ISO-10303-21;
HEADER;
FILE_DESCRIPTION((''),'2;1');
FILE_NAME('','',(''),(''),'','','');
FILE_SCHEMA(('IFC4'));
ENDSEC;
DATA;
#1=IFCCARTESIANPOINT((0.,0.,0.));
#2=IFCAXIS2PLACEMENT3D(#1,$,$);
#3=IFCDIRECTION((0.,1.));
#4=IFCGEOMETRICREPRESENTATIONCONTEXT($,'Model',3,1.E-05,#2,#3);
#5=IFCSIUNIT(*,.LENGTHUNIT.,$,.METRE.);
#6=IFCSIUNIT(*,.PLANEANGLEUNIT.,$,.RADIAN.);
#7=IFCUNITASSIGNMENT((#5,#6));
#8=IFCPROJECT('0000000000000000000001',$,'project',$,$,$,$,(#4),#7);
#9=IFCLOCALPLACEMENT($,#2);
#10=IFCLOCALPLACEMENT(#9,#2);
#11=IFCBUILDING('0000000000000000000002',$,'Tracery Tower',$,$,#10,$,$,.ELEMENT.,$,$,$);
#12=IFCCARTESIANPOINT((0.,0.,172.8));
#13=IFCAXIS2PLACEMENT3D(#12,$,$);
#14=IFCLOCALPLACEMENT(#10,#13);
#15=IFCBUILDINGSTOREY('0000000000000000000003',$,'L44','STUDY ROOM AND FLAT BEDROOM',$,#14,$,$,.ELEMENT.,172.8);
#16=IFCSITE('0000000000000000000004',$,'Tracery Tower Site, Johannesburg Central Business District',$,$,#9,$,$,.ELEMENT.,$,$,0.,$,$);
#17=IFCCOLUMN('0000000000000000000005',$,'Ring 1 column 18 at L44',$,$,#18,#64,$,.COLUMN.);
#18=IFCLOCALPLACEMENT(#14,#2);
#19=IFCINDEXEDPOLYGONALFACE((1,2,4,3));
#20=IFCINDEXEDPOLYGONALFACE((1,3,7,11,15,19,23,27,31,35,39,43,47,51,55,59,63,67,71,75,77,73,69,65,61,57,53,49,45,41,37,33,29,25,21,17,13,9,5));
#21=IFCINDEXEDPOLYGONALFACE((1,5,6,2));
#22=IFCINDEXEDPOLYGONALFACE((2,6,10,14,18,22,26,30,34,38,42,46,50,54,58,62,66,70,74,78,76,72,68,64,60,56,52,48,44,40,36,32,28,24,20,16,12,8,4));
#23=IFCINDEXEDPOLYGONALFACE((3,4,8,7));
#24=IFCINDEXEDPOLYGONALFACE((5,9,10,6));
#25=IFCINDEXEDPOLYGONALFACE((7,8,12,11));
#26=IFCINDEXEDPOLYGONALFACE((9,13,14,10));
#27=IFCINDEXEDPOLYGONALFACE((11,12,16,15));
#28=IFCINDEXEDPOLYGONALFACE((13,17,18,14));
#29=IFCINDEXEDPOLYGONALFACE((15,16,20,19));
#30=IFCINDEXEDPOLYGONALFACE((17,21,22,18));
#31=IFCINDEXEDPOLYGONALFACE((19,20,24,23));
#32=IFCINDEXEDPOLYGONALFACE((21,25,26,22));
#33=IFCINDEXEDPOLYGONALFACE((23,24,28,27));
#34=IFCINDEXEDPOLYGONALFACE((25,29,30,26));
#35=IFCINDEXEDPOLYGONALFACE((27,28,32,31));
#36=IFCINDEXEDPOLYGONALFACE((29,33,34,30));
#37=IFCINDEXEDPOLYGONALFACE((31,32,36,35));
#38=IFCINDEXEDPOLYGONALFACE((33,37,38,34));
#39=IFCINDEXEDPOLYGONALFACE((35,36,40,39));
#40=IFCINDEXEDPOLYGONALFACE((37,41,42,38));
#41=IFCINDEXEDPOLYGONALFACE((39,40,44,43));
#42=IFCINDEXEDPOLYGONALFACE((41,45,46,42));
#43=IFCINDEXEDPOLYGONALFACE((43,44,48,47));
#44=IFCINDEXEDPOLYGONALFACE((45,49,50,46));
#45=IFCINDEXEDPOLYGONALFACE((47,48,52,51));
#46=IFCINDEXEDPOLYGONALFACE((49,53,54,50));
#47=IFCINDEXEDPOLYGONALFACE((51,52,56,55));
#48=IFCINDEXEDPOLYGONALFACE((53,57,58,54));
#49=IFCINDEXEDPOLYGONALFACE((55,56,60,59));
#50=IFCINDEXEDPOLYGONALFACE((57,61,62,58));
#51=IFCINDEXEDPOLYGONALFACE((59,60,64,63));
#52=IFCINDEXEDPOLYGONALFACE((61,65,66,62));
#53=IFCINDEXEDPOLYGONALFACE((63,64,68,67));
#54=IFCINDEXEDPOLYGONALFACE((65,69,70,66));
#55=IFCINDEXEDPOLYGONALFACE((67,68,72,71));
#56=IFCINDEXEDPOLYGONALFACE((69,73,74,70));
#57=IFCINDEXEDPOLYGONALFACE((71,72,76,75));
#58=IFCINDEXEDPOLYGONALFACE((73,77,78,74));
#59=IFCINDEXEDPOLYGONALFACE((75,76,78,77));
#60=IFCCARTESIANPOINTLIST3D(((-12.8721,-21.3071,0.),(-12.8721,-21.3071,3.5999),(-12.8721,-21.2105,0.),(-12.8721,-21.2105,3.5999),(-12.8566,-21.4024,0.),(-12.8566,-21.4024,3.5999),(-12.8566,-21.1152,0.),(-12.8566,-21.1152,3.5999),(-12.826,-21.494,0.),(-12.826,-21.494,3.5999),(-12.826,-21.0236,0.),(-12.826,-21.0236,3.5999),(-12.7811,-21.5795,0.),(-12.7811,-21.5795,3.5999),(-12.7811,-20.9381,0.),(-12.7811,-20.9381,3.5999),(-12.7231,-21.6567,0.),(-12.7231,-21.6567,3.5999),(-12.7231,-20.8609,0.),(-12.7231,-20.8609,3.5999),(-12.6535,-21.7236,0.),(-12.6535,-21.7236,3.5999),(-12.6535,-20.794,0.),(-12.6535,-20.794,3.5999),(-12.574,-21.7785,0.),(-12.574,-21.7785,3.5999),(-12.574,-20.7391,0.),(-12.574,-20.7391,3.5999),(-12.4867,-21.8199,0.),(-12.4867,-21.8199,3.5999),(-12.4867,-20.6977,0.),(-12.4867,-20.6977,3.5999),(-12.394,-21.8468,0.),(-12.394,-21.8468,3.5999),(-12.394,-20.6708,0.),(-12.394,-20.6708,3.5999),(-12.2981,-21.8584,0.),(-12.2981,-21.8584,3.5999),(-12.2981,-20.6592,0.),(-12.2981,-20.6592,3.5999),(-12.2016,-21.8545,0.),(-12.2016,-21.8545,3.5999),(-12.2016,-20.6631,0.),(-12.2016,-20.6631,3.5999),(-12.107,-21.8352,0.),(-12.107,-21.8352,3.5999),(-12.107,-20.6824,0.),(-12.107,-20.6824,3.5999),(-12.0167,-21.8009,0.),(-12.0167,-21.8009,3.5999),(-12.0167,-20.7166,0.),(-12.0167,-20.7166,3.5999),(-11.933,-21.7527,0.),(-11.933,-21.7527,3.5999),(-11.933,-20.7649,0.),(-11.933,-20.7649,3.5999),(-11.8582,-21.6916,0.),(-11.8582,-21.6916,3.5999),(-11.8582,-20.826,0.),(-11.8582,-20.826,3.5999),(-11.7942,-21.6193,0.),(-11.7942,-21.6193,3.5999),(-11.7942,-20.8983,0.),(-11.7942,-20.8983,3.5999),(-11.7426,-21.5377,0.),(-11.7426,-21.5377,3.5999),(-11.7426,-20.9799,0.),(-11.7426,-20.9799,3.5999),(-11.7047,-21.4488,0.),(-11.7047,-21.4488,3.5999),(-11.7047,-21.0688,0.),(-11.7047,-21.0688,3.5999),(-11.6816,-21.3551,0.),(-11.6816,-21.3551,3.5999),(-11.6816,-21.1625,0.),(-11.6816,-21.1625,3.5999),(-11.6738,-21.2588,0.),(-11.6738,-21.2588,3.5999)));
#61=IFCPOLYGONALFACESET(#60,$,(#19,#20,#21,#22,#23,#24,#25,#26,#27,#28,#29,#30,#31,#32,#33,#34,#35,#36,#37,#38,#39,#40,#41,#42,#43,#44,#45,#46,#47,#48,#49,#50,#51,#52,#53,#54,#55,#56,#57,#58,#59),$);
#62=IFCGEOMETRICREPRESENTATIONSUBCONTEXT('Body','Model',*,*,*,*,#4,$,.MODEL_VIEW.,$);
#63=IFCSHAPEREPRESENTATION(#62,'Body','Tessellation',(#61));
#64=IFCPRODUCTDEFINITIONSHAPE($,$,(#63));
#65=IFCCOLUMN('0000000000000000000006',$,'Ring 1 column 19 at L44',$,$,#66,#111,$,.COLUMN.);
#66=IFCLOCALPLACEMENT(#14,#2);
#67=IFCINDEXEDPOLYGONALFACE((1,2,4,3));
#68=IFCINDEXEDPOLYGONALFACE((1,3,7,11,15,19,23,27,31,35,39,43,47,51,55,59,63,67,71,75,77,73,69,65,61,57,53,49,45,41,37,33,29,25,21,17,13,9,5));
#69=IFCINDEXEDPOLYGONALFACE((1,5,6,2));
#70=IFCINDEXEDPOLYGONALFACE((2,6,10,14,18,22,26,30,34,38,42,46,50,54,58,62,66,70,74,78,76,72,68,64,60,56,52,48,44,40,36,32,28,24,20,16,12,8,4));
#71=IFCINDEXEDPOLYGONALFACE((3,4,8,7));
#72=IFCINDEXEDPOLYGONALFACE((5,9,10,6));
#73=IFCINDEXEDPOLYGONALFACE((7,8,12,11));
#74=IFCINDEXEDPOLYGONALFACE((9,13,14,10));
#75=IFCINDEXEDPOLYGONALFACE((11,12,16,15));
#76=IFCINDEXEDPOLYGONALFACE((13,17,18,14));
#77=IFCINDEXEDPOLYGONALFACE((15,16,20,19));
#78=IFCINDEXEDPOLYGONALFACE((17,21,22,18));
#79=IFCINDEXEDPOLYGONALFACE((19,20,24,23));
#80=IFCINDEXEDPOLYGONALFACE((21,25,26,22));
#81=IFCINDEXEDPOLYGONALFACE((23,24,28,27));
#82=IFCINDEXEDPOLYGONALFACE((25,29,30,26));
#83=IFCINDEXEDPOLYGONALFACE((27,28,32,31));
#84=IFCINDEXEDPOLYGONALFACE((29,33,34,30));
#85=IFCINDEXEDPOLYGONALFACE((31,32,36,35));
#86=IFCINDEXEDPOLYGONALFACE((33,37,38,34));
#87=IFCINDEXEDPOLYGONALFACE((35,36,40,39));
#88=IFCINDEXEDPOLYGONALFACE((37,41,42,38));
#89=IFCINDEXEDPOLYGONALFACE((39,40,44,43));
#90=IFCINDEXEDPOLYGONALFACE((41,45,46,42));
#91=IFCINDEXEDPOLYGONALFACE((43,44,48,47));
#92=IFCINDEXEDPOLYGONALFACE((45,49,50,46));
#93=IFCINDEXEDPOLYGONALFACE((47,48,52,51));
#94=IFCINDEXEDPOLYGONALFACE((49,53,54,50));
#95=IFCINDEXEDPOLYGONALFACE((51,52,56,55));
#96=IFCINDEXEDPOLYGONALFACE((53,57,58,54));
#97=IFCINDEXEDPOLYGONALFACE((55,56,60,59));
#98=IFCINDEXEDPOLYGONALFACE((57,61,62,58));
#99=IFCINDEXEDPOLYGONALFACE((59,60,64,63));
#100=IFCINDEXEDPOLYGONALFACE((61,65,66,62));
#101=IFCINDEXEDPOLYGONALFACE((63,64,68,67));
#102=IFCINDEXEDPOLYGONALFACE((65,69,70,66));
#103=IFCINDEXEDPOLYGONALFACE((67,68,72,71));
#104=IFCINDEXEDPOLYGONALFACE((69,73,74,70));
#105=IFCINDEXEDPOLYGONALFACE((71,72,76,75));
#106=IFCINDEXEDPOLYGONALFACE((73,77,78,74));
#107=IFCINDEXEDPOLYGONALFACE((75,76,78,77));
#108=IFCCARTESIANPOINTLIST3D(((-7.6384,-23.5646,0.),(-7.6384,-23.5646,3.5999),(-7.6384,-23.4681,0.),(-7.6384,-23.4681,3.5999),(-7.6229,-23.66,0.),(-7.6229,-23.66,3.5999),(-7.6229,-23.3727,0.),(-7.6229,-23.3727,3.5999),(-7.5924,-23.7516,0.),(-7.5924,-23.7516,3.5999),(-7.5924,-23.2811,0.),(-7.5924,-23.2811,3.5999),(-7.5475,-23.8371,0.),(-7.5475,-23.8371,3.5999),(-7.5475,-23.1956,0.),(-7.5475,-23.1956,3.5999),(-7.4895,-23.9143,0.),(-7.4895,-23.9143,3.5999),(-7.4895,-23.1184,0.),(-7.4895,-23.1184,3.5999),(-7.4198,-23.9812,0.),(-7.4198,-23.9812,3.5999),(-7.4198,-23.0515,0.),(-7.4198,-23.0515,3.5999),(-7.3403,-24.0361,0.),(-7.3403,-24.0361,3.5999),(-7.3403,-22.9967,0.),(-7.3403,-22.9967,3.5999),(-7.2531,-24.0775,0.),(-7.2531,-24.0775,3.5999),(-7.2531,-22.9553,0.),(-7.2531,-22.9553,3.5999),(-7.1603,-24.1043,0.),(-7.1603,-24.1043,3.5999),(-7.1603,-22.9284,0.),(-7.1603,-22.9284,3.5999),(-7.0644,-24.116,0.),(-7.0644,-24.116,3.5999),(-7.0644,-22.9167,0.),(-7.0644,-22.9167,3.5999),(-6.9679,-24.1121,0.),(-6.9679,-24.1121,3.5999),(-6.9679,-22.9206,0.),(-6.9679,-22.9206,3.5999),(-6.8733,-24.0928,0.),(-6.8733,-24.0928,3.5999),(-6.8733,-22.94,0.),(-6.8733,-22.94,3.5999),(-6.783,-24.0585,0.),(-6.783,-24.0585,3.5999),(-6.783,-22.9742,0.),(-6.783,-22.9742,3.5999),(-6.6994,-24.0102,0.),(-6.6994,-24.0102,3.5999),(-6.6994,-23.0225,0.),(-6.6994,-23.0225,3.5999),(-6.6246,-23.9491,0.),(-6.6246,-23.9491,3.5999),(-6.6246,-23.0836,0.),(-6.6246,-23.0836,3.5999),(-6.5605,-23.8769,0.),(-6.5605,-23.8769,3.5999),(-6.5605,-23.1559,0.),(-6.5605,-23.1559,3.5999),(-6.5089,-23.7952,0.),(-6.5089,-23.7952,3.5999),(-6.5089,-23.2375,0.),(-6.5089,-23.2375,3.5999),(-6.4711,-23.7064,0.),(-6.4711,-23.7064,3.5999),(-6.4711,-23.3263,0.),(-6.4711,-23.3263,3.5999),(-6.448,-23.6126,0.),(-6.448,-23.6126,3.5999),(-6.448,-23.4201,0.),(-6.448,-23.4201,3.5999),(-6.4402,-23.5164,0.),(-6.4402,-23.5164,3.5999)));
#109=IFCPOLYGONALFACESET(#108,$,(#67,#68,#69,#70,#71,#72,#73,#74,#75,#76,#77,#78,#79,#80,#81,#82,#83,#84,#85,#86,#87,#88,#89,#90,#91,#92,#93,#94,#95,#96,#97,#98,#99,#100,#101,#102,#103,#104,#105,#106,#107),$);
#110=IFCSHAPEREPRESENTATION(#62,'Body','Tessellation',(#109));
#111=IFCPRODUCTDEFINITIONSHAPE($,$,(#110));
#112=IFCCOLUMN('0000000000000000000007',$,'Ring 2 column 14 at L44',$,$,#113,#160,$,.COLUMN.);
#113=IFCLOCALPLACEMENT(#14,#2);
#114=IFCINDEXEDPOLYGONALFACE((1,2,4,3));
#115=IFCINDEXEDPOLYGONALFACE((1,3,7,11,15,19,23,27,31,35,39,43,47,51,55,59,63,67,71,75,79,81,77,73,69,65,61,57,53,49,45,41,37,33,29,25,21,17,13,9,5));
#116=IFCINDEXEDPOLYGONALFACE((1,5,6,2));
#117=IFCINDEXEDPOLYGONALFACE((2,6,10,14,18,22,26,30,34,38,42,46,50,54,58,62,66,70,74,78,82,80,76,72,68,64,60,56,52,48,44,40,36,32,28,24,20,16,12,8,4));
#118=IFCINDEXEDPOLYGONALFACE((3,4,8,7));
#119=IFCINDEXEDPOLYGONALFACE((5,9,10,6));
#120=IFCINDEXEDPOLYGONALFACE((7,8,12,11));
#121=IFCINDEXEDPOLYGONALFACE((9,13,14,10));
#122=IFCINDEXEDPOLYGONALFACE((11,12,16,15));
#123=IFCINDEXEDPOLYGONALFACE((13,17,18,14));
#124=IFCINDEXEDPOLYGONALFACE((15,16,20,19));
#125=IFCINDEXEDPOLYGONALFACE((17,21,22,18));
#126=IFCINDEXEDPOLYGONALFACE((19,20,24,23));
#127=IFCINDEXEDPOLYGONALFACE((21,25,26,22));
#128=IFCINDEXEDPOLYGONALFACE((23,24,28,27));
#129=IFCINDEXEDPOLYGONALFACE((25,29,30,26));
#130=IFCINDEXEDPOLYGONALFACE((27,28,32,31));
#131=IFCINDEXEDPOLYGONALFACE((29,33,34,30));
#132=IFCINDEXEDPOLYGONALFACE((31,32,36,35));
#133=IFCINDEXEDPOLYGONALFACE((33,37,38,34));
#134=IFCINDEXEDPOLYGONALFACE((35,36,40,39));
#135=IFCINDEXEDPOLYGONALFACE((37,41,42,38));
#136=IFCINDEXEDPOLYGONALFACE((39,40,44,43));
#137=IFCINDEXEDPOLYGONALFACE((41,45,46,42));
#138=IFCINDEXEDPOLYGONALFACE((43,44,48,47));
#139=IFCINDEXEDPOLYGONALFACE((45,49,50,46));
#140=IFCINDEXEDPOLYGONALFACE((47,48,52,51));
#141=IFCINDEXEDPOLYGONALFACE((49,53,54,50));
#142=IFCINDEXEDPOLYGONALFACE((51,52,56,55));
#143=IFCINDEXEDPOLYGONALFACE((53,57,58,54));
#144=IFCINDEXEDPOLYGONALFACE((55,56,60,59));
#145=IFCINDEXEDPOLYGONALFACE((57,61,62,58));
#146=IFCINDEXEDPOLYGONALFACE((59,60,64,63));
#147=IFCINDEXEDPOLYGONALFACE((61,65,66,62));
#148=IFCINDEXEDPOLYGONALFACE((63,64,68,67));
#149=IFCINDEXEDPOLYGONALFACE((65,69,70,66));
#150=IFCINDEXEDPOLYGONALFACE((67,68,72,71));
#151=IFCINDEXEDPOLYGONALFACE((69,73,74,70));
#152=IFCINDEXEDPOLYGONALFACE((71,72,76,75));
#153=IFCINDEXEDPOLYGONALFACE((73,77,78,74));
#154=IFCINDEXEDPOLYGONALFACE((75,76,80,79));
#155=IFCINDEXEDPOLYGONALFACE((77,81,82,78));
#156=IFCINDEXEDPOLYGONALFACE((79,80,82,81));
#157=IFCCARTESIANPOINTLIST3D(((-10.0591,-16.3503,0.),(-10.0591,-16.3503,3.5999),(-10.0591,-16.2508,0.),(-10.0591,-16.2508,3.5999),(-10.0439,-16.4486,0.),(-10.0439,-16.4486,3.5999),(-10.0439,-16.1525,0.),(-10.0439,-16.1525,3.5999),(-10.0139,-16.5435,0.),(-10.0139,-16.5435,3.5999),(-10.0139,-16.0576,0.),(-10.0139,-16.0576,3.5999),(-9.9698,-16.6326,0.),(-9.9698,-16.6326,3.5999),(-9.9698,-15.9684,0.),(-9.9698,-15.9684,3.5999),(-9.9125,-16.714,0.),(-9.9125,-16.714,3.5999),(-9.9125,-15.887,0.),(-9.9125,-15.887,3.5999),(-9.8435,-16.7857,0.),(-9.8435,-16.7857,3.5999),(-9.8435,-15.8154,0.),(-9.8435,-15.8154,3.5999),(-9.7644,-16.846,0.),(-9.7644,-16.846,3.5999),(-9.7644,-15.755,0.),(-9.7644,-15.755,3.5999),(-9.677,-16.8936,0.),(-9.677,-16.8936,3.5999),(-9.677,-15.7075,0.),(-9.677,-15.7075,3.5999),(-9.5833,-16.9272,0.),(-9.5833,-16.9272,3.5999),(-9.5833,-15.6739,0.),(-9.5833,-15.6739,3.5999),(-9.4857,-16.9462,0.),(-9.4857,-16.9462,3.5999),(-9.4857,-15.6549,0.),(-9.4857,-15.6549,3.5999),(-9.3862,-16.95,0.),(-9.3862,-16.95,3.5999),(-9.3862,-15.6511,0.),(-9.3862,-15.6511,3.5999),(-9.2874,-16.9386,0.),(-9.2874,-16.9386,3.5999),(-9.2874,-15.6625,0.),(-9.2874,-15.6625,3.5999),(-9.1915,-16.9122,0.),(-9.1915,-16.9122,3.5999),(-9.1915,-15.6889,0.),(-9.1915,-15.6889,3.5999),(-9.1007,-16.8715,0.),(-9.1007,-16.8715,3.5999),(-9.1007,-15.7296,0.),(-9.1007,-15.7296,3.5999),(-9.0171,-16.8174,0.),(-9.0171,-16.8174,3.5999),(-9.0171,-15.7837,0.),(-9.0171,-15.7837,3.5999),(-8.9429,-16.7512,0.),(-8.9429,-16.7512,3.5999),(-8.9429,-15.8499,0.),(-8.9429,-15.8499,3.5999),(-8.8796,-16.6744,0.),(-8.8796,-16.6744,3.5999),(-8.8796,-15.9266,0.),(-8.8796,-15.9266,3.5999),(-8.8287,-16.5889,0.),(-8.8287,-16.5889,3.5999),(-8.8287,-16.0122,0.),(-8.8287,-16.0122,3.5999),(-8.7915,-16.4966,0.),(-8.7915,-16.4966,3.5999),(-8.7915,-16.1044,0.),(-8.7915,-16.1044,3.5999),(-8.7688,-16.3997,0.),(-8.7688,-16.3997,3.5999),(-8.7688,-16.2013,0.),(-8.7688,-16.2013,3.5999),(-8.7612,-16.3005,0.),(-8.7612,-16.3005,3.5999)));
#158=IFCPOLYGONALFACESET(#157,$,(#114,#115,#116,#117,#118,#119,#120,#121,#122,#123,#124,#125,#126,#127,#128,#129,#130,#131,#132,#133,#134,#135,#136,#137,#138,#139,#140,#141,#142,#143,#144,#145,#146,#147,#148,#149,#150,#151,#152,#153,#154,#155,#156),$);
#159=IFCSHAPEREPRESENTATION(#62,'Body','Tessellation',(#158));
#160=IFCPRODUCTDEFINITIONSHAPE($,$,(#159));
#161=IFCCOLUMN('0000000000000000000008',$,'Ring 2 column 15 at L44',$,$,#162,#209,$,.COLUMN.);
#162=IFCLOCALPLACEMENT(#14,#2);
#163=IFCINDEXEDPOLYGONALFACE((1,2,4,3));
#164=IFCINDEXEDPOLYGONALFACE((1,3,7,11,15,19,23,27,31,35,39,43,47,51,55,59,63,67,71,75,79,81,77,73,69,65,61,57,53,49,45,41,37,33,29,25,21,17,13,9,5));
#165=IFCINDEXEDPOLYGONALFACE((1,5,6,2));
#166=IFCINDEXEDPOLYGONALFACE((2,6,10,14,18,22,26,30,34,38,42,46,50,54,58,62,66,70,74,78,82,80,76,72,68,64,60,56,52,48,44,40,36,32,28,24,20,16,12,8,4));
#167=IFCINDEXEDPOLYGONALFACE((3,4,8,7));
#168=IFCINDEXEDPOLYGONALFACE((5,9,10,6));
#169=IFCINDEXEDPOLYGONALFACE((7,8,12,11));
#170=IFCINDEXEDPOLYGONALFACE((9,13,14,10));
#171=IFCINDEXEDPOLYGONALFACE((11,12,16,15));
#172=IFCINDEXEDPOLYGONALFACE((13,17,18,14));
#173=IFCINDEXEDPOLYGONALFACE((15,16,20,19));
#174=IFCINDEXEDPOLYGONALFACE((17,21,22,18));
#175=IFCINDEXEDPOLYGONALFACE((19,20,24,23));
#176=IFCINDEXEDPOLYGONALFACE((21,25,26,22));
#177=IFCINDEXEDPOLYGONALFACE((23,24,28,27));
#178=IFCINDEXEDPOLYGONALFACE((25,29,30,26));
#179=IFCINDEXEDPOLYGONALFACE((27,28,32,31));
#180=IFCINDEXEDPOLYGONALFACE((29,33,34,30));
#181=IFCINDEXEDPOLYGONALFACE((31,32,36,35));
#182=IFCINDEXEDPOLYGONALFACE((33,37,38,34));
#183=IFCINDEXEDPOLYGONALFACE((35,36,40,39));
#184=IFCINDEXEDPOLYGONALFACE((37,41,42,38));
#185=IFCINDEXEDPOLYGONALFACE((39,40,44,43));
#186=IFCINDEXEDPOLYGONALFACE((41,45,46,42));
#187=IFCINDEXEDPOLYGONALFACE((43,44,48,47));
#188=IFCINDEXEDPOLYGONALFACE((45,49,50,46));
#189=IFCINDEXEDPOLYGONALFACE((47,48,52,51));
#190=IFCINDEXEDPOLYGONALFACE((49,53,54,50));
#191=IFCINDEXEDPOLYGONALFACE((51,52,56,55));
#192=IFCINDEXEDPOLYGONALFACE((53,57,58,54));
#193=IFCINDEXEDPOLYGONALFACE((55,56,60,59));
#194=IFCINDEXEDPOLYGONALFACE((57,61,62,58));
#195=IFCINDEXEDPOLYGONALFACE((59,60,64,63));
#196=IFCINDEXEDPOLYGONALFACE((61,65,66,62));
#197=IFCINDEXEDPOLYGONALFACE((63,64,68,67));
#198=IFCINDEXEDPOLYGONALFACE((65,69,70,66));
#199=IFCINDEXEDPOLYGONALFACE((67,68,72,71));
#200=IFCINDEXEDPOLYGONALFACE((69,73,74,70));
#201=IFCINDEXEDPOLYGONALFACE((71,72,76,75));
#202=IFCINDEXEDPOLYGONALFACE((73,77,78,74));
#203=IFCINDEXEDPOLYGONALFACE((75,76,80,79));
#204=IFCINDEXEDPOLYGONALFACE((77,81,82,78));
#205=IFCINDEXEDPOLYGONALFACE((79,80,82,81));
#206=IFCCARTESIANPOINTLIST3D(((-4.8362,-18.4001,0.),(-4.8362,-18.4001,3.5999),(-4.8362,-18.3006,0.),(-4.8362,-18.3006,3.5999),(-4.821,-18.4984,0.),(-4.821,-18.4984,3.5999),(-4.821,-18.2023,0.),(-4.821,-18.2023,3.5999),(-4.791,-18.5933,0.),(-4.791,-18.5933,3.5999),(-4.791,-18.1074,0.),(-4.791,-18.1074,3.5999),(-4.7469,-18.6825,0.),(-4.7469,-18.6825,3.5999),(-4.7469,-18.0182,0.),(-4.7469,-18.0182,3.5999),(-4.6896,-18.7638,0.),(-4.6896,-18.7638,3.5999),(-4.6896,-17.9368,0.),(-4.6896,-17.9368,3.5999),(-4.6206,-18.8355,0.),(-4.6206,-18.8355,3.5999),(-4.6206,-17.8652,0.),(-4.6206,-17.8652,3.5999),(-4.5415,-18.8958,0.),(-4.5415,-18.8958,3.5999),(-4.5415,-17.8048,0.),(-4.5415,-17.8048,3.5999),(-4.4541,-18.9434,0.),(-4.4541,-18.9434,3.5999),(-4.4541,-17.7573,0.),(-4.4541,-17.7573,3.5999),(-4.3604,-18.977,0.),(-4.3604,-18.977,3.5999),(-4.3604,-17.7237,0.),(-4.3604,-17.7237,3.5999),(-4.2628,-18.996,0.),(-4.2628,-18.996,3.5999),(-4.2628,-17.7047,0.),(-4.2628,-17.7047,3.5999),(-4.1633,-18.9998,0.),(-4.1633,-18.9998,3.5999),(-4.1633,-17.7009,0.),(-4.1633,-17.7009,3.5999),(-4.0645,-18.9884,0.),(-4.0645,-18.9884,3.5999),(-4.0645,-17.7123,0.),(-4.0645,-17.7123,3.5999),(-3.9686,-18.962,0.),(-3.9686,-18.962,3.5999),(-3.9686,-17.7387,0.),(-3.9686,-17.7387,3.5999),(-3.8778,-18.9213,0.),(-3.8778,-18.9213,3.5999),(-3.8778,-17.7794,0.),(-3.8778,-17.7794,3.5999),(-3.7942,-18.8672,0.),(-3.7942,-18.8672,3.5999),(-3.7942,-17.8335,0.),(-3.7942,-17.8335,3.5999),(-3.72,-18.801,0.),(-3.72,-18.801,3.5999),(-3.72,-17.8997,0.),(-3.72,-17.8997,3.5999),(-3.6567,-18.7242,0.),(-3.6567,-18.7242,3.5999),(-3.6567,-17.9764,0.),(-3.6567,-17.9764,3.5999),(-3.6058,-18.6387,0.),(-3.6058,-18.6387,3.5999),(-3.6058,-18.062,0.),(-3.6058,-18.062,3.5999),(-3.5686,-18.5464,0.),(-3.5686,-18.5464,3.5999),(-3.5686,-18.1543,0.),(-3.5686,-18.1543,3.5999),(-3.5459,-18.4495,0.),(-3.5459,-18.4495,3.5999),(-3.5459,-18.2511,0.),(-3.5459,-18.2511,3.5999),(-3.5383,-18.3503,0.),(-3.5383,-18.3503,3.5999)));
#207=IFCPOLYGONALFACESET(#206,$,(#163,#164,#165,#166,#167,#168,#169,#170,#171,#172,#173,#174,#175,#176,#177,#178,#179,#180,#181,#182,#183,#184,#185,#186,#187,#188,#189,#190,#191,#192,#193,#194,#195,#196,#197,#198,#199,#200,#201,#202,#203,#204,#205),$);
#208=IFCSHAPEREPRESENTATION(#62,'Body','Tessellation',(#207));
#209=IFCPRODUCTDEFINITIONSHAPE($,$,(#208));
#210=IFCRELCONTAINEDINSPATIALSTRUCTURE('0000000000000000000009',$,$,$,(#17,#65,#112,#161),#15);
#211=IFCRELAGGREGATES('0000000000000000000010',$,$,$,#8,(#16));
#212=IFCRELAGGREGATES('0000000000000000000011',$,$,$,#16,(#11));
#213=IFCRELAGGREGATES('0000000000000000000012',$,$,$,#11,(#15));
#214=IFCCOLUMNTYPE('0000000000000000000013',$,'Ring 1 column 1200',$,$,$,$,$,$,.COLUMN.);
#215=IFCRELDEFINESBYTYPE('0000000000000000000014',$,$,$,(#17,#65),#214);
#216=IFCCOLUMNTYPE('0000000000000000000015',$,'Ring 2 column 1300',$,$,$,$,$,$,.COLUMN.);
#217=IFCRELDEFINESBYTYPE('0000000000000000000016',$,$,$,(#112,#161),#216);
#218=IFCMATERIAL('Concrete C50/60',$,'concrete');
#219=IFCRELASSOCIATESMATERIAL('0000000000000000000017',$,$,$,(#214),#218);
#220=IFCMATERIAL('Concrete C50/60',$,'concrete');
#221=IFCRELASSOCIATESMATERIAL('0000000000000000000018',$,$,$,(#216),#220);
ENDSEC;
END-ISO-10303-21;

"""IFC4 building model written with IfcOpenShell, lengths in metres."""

from ifc_helpers import new_model, si_unit, direction, frame, origin, origin_2d, place, context, subcontext, project, spatial, circle, extrude, material, material_profile, profile_set, type_object, element, save


model = new_model("IFC4")

# Units and contexts
model_context = context("Model", 3, precision=1e-05, world=origin(), true_north=direction((0.0, 1.0)))
body_context = subcontext(model_context, "Body", "Model", "MODEL_VIEW")
ifc_project = project(units=[si_unit("LENGTHUNIT", "METRE"), si_unit("PLANEANGLEUNIT", "RADIAN")], contexts=[model_context])

# Site, building, storey
site_placement = place(None, origin())
site = spatial("IfcSite", under=ifc_project, at=site_placement, Name="Tracery Tower Site, Johannesburg Central Business District", CompositionType="ELEMENT", RefElevation=0.0)
building_placement = place(site_placement, origin())
building = spatial("IfcBuilding", under=site, at=building_placement, Name="Tracery Tower", CompositionType="ELEMENT")
storey_placement = place(building_placement, frame((0.0, 0.0, 172.8)))
storey = spatial("IfcBuildingStorey", under=building, at=storey_placement, Name="L44", Description="STUDY ROOM AND FLAT BEDROOM", CompositionType="ELEMENT", Elevation=172.8)

# Columns
ifc_material_1 = material(Name="Concrete C50/60", Category="concrete")
ifc_material_profile_1 = material_profile(ifc_material_1, circle(Radius=0.6001, at=origin_2d()), Name="RC D1200")
ifc_profile_set_1 = profile_set([ifc_material_profile_1], Name="Concrete C50/60")
column_type_1 = type_object("IfcColumnType", Name="Ring 1 column 1200", PredefinedType="COLUMN", material=ifc_profile_set_1)
for number, where, z_axis, x_axis, name in (
    (1, (-12.2739, -21.2588, 0.0), (0.0, 0.0, 1.0), (1.0, 0.0, 0.0), "Ring 1 column 18 at L44"),
    (2, (-7.0403, -23.5164, 0.0), (0.0, 0.0, 1.0), (1.0, 0.0, 0.0), "Ring 1 column 19 at L44"),
):
    element("IfcColumn", number, at=place(storey_placement, frame(where, z_axis=z_axis, x_axis=x_axis)), inside=storey, type_object=column_type_1, Name=name, PredefinedType="COLUMN", context=body_context, shape_type="SweptSolid", body=[
        extrude(circle(Radius=0.6001, at=origin_2d()), origin(), (0.0, 0.0, 1.0), 3.5999),
    ])
ifc_material_2 = material(Name="Concrete C50/60", Category="concrete")
ifc_material_profile_2 = material_profile(ifc_material_2, circle(Radius=0.6499, at=origin_2d()), Name="RC D1300")
ifc_profile_set_2 = profile_set([ifc_material_profile_2], Name="Concrete C50/60")
column_type_2 = type_object("IfcColumnType", Name="Ring 2 column 1300", PredefinedType="COLUMN", material=ifc_profile_set_2)
for number, where, z_axis, x_axis, name in (
    (3, (-9.4111, -16.3005, 0.0), (0.0, 0.0, 1.0), (1.0, 0.0, 0.0), "Ring 2 column 14 at L44"),
    (4, (-4.1882, -18.3503, 0.0), (0.0, 0.0, 1.0), (1.0, 0.0, 0.0), "Ring 2 column 15 at L44"),
):
    element("IfcColumn", number, at=place(storey_placement, frame(where, z_axis=z_axis, x_axis=x_axis)), inside=storey, type_object=column_type_2, Name=name, PredefinedType="COLUMN", context=body_context, shape_type="SweptSolid", body=[
        extrude(circle(Radius=0.6499, at=origin_2d()), origin(), (0.0, 0.0, 1.0), 3.5999),
    ])

save(model, "model.ifc")
